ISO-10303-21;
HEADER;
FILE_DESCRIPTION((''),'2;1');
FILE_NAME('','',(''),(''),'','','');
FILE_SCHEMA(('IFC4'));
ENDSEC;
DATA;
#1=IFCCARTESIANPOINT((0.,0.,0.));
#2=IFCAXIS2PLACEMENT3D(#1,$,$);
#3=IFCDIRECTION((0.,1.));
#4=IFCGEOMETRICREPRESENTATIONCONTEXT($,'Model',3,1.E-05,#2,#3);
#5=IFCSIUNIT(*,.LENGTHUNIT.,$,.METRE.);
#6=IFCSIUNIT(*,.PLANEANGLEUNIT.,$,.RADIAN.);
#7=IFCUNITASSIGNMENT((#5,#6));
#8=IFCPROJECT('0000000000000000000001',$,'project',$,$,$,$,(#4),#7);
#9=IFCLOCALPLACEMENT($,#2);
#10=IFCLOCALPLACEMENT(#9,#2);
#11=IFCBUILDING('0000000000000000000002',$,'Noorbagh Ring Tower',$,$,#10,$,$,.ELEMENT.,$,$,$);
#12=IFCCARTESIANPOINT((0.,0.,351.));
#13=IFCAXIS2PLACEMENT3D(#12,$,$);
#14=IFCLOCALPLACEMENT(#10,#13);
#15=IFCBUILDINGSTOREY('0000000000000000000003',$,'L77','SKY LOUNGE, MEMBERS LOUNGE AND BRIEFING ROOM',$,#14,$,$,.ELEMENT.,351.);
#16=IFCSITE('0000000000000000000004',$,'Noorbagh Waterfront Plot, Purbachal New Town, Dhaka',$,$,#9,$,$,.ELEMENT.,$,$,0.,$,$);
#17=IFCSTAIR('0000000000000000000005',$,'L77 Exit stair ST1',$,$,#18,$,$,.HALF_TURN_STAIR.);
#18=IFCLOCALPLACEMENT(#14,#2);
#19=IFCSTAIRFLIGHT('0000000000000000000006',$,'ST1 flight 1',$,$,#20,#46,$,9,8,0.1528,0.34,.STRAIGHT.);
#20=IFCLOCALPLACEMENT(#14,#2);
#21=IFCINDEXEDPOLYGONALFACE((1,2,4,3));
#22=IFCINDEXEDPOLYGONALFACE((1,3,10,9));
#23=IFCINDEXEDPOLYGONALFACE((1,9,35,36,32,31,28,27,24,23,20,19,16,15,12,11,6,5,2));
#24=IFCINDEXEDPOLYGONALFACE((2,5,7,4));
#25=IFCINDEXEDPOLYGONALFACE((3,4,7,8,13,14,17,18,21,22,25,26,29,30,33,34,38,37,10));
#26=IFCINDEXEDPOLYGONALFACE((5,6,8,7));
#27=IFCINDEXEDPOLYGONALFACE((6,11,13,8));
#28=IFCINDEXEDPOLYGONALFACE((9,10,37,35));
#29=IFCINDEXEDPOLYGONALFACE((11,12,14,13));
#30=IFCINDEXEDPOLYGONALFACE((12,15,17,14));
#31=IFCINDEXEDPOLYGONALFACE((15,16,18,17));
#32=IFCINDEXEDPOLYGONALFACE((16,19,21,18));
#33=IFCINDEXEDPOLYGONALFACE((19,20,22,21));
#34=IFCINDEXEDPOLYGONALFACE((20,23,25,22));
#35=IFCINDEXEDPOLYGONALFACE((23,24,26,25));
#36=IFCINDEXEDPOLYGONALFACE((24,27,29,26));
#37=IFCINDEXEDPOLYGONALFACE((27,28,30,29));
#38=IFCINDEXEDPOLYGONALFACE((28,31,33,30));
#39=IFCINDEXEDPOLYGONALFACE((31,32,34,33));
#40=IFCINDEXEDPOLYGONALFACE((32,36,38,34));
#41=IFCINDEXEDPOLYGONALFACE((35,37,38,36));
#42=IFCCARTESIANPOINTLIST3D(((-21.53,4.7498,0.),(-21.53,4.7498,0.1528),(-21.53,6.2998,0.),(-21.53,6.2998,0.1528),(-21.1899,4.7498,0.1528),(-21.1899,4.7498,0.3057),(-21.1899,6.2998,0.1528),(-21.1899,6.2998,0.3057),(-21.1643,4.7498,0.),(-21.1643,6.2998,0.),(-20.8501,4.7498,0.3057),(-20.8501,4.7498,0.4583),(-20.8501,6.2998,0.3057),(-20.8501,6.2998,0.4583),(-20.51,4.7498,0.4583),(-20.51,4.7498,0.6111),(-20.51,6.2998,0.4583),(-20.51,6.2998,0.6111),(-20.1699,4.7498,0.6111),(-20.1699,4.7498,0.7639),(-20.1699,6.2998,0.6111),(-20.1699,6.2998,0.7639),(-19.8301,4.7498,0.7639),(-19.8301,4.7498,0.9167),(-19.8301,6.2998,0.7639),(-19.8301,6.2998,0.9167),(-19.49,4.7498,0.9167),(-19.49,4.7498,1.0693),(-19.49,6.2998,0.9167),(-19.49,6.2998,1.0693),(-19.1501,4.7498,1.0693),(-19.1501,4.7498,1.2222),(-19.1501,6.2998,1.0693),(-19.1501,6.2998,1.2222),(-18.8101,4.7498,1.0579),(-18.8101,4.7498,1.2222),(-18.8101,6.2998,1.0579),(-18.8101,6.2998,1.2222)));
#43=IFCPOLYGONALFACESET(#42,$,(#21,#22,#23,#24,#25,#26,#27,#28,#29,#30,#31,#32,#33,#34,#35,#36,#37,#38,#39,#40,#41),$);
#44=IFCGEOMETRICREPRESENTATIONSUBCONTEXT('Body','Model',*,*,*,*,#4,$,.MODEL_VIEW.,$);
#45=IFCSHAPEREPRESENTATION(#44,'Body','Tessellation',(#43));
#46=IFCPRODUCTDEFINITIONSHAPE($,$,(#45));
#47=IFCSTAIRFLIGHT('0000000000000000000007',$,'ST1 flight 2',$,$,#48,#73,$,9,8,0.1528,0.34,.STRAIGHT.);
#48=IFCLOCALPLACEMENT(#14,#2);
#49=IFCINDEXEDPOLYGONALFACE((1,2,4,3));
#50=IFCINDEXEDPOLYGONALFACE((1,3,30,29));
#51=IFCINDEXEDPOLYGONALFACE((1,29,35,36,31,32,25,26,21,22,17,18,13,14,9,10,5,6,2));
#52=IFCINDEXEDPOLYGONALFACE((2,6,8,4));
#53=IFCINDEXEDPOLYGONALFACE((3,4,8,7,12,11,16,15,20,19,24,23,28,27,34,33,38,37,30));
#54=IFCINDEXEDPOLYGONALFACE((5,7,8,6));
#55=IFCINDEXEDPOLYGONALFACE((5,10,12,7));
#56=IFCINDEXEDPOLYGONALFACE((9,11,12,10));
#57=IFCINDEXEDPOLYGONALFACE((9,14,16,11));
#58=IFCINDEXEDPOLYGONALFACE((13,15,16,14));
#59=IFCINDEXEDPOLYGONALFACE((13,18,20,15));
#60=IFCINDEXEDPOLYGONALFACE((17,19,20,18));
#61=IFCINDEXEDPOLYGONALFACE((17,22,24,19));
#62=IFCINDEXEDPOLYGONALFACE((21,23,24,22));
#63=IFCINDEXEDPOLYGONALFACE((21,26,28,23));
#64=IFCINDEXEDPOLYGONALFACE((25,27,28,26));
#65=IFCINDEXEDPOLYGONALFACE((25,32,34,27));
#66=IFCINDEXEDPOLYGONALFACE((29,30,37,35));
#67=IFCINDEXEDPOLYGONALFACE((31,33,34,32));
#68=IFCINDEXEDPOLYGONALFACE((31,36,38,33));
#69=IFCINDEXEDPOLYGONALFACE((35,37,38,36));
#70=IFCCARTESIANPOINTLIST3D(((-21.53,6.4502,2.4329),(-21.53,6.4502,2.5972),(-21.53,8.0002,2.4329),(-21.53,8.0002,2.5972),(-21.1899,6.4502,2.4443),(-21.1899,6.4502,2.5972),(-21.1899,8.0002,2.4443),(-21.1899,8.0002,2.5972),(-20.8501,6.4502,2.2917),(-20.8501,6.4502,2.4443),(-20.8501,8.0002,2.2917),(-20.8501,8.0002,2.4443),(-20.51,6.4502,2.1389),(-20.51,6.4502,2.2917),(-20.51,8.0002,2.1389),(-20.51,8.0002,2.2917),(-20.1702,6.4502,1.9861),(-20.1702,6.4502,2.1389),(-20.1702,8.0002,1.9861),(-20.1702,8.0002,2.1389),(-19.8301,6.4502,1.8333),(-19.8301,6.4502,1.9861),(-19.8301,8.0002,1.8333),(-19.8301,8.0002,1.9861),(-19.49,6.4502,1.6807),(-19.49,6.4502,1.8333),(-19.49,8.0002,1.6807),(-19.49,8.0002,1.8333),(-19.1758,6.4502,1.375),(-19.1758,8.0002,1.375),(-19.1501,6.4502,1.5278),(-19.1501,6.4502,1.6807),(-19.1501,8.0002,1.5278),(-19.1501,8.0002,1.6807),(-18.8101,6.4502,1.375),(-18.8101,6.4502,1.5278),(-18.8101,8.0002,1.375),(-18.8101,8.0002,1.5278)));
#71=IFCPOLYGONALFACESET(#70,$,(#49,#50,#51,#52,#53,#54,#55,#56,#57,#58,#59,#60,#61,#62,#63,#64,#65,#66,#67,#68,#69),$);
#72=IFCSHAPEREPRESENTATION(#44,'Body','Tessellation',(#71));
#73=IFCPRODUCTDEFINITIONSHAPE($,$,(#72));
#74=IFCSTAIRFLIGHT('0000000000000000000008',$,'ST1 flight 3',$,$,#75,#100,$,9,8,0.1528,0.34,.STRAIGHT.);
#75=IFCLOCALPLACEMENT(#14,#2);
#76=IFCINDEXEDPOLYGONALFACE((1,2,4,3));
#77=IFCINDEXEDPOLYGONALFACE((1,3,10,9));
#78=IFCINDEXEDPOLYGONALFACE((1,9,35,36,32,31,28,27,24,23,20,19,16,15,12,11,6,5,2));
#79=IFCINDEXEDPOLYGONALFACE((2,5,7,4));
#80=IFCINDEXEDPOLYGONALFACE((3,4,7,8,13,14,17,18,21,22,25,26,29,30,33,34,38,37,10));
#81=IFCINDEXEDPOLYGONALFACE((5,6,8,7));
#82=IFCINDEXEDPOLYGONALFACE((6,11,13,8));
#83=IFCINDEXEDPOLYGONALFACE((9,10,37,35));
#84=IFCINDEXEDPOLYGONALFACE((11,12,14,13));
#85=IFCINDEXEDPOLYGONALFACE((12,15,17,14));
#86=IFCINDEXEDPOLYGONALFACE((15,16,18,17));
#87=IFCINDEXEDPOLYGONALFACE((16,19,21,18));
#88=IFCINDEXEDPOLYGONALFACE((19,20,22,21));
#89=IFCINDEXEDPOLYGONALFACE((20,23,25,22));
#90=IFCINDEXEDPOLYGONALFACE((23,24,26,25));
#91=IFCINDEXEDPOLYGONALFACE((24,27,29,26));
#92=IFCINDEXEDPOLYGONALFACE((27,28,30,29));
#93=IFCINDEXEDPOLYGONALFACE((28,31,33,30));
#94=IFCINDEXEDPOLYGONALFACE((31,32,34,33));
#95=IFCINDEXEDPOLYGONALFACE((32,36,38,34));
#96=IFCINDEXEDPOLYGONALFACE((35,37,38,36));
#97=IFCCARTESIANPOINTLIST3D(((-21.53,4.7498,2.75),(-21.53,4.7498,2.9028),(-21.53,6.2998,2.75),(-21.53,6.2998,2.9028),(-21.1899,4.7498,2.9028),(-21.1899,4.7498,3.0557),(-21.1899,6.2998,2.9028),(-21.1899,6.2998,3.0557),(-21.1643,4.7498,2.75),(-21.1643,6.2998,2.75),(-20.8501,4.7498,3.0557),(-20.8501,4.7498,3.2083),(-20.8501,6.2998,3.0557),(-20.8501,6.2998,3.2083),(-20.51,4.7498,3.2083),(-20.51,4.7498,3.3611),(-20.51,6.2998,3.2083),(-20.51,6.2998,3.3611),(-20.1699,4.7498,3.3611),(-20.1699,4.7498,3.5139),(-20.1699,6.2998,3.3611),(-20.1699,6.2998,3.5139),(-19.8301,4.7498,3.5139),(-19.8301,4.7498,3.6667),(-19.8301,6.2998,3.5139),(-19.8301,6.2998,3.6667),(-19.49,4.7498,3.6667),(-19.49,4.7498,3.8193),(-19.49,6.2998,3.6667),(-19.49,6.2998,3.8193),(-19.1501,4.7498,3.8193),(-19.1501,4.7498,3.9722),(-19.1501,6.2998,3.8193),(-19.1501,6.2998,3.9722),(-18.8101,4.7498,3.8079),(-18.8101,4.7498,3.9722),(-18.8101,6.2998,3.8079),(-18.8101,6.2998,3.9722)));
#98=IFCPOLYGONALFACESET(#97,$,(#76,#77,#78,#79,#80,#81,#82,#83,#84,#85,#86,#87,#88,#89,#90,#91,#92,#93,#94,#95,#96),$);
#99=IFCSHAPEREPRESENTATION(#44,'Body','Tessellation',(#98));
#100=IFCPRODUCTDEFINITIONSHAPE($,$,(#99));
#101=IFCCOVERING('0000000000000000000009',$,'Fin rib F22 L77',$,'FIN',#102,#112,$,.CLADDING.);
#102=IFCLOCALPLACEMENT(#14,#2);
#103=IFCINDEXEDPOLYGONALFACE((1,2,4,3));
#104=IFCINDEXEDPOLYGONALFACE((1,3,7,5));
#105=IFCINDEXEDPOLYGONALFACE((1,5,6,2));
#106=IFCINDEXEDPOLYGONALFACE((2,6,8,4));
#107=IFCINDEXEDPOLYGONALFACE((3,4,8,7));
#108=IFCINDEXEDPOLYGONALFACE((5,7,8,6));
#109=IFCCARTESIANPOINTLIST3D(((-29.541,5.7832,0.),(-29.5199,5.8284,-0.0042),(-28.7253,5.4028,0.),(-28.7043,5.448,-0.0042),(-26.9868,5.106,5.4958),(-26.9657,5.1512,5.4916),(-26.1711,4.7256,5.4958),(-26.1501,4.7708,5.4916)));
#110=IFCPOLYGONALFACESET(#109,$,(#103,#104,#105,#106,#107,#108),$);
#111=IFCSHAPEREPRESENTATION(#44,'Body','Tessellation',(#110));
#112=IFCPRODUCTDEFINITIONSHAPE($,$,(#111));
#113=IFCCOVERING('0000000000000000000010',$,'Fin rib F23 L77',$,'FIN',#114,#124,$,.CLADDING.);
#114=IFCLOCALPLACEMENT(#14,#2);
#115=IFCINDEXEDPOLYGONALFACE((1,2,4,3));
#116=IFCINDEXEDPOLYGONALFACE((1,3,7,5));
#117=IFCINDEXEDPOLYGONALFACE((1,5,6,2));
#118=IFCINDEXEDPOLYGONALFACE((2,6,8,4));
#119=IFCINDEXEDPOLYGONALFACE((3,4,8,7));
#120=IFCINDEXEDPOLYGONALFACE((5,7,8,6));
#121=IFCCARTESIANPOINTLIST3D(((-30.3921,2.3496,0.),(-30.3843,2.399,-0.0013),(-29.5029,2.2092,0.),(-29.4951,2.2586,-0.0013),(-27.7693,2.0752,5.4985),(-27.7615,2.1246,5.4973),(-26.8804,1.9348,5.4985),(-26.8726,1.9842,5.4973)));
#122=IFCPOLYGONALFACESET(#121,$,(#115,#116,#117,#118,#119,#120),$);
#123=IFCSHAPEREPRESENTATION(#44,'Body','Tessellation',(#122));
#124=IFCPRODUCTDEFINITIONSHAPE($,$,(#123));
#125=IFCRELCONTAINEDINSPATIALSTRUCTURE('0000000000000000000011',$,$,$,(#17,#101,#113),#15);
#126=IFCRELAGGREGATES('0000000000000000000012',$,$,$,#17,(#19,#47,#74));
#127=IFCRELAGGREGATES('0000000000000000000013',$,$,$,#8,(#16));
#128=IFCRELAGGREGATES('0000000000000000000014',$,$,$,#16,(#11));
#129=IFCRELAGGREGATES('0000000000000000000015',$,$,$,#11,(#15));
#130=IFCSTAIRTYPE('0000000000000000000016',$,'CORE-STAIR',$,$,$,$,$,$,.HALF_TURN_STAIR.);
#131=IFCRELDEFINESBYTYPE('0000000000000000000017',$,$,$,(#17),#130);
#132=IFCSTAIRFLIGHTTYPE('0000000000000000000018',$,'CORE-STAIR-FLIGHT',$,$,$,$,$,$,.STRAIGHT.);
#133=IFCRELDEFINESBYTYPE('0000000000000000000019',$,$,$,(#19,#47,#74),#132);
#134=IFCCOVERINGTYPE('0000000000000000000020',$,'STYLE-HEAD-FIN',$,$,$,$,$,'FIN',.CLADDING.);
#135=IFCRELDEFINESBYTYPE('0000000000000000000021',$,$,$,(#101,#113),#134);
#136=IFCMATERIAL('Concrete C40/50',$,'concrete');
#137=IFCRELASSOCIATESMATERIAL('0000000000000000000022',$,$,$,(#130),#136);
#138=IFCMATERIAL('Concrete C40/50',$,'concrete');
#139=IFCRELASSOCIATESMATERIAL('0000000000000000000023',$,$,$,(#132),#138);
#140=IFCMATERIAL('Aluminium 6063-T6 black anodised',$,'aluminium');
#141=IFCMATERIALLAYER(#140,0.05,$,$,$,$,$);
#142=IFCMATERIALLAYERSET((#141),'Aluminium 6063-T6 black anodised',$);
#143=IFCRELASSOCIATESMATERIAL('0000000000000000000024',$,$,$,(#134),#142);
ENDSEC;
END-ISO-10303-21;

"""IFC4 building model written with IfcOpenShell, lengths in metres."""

from ifc_helpers import new_model, si_unit, direction, frame, origin, place, context, subcontext, project, spatial, polyline, outline, extrude, material, layer, layer_set, type_object, element, aggregate, save


model = new_model("IFC4")

# Units and contexts
model_context = context("Model", 3, precision=1e-05, world=origin(), true_north=direction((0.0, 1.0)))
body_context = subcontext(model_context, "Body", "Model", "MODEL_VIEW")
ifc_project = project(units=[si_unit("LENGTHUNIT", "METRE"), si_unit("PLANEANGLEUNIT", "RADIAN")], contexts=[model_context])

# Site, building, storey
site_placement = place(None, origin())
site = spatial("IfcSite", under=ifc_project, at=site_placement, Name="Noorbagh Waterfront Plot, Purbachal New Town, Dhaka", CompositionType="ELEMENT", RefElevation=0.0)
building_placement = place(site_placement, origin())
building = spatial("IfcBuilding", under=site, at=building_placement, Name="Noorbagh Ring Tower", CompositionType="ELEMENT")
storey_placement = place(building_placement, frame((0.0, 0.0, 351.0)))
storey = spatial("IfcBuildingStorey", under=building, at=storey_placement, Name="L77", Description="SKY LOUNGE, MEMBERS LOUNGE AND BRIEFING ROOM", CompositionType="ELEMENT", Elevation=351.0)

# Stair, stair flights
ifc_material_1 = material(Name="Concrete C40/50", Category="concrete")
stair_type = type_object("IfcStairType", Name="CORE-STAIR", PredefinedType="HALF_TURN_STAIR", material=ifc_material_1)
stair_placement = place(storey_placement, origin())
stair = element("IfcStair", 1, at=stair_placement, inside=storey, type_object=stair_type, Name="L77 Exit stair ST1", PredefinedType="HALF_TURN_STAIR")
ifc_material_2 = material(Name="Concrete C40/50", Category="concrete")
stair_flight_type = type_object("IfcStairFlightType", Name="CORE-STAIR-FLIGHT", PredefinedType="STRAIGHT", material=ifc_material_2)
stair_flight_1_placement = place(storey_placement, frame((-21.53, 5.5249, 0.0), z_axis=(0.0, 0.0, 1.0), x_axis=(1.0, 0.0, 0.0)))
stair_flight_1 = element("IfcStairFlight", 2, at=stair_flight_1_placement, type_object=stair_flight_type, Name="ST1 flight 1", NumberOfRisers=9, NumberOfTreads=8, PredefinedType="STRAIGHT", RiserHeight=0.1528, TreadLength=0.34, context=body_context, shape_type="SweptSolid", body=[
    extrude(outline(polyline([(0.0, 0.0), (0.0, 0.1528), (0.3401, 0.1528), (0.3401, 0.3057), (0.6799, 0.3057), (0.6799, 0.4583), (1.02, 0.4583), (1.02, 0.6111), (1.3601, 0.6111), (1.3601, 0.7639), (1.7, 0.7639), (1.7, 0.9167), (2.04, 0.9167), (2.04, 1.0693), (2.3799, 1.0693), (2.3799, 1.2222), (2.72, 1.2222), (2.72, 1.375), (2.72, 1.0579), (0.3657, 0.0), (0.0, 0.0)])), frame((0.0, 0.7749, 0.0), z_axis=(0.0, -1.0, 0.0), x_axis=(1.0, 0.0, 0.0)), (0.0, 0.0, 1.0), 1.55),
])
stair_flight_2_placement = place(storey_placement, frame((-18.8101, 7.2251, 1.375), z_axis=(0.0, 0.0, 1.0), x_axis=(-1.0, 0.0, 0.0)))
stair_flight_2 = element("IfcStairFlight", 3, at=stair_flight_2_placement, type_object=stair_flight_type, Name="ST1 flight 2", NumberOfRisers=9, NumberOfTreads=8, PredefinedType="STRAIGHT", RiserHeight=0.1528, TreadLength=0.34, context=body_context, shape_type="SweptSolid", body=[
    extrude(outline(polyline([(0.0, 0.0), (0.0, 0.1528), (0.3401, 0.1528), (0.3401, 0.3057), (0.6799, 0.3057), (0.6799, 0.4583), (1.02, 0.4583), (1.02, 0.6111), (1.3601, 0.6111), (1.3601, 0.7639), (1.7, 0.7639), (1.7, 0.9167), (2.04, 0.9167), (2.04, 1.0693), (2.3799, 1.0693), (2.3799, 1.2222), (2.72, 1.2222), (2.72, 1.375), (2.72, 1.0579), (0.3657, 0.0), (0.0, 0.0)])), frame((0.0, 0.7749, 0.0), z_axis=(0.0, -1.0, 0.0), x_axis=(1.0, 0.0, 0.0)), (0.0, 0.0, 1.0), 1.55),
])
stair_flight_3_placement = place(storey_placement, frame((-21.53, 5.5249, 2.75), z_axis=(0.0, 0.0, 1.0), x_axis=(1.0, 0.0, 0.0)))
stair_flight_3 = element("IfcStairFlight", 4, at=stair_flight_3_placement, type_object=stair_flight_type, Name="ST1 flight 3", NumberOfRisers=9, NumberOfTreads=8, PredefinedType="STRAIGHT", RiserHeight=0.1528, TreadLength=0.34, context=body_context, shape_type="SweptSolid", body=[
    extrude(outline(polyline([(0.0, 0.0), (0.0, 0.1528), (0.3401, 0.1528), (0.3401, 0.3057), (0.6799, 0.3057), (0.6799, 0.4583), (1.02, 0.4583), (1.02, 0.6111), (1.3601, 0.6111), (1.3601, 0.7639), (1.7, 0.7639), (1.7, 0.9167), (2.04, 0.9167), (2.04, 1.0693), (2.3799, 1.0693), (2.3799, 1.2222), (2.72, 1.2222), (2.72, 1.375), (2.72, 1.0579), (0.3657, 0.0), (0.0, 0.0)])), frame((0.0, 0.7749, 0.0), z_axis=(0.0, -1.0, 0.0), x_axis=(1.0, 0.0, 0.0)), (0.0, 0.0, 1.0), 1.55),
])
aggregate(stair, [stair_flight_1, stair_flight_2, stair_flight_3])

# Coverings
ifc_material_3 = material(Name="Aluminium 6063-T6 black anodised", Category="aluminium")
ifc_layer_1 = layer(ifc_material_3, 0.05)
ifc_layer_set_1 = layer_set([ifc_layer_1], Name="Aluminium 6063-T6 black anodised")
covering_type_1 = type_object("IfcCoveringType", Name="STYLE-HEAD-FIN", ElementType="FIN", PredefinedType="CLADDING", material=ifc_layer_set_1)
covering_1_placement = place(storey_placement, frame((-29.541, 5.7832, 0.0), z_axis=(-0.421124, -0.903065, 0.084434), x_axis=(0.418851, -0.111058, 0.901238)))
element("IfcCovering", 5, at=covering_1_placement, inside=storey, type_object=covering_type_1, Name="Fin rib F22 L77", ObjectType="FIN", PredefinedType="CLADDING", context=body_context, shape_type="SweptSolid", body=[
    extrude(outline(polyline([(0.0, 0.0), (6.0981, 0.0), (6.482, -0.814), (0.3839, -0.814), (0.0, 0.0)])), origin(), (0.0, 0.0, -1.0), 0.05),
])
covering_2_placement = place(storey_placement, frame((-30.3921, 2.3496, 0.0), z_axis=(-0.15592, -0.987451, 0.02509), x_axis=(0.430093, -0.045002, 0.901662)))
element("IfcCovering", 6, at=covering_2_placement, inside=storey, type_object=covering_type_1, Name="Fin rib F23 L77", ObjectType="FIN", PredefinedType="CLADDING", context=body_context, shape_type="SweptSolid", body=[
    extrude(outline(polyline([(0.0, 0.0), (6.0982, 0.0), (6.4869, -0.8117), (0.3887, -0.8119), (0.0, 0.0)])), origin(), (0.0, 0.0, -1.0), 0.05),
])

save(model, "model.ifc")
